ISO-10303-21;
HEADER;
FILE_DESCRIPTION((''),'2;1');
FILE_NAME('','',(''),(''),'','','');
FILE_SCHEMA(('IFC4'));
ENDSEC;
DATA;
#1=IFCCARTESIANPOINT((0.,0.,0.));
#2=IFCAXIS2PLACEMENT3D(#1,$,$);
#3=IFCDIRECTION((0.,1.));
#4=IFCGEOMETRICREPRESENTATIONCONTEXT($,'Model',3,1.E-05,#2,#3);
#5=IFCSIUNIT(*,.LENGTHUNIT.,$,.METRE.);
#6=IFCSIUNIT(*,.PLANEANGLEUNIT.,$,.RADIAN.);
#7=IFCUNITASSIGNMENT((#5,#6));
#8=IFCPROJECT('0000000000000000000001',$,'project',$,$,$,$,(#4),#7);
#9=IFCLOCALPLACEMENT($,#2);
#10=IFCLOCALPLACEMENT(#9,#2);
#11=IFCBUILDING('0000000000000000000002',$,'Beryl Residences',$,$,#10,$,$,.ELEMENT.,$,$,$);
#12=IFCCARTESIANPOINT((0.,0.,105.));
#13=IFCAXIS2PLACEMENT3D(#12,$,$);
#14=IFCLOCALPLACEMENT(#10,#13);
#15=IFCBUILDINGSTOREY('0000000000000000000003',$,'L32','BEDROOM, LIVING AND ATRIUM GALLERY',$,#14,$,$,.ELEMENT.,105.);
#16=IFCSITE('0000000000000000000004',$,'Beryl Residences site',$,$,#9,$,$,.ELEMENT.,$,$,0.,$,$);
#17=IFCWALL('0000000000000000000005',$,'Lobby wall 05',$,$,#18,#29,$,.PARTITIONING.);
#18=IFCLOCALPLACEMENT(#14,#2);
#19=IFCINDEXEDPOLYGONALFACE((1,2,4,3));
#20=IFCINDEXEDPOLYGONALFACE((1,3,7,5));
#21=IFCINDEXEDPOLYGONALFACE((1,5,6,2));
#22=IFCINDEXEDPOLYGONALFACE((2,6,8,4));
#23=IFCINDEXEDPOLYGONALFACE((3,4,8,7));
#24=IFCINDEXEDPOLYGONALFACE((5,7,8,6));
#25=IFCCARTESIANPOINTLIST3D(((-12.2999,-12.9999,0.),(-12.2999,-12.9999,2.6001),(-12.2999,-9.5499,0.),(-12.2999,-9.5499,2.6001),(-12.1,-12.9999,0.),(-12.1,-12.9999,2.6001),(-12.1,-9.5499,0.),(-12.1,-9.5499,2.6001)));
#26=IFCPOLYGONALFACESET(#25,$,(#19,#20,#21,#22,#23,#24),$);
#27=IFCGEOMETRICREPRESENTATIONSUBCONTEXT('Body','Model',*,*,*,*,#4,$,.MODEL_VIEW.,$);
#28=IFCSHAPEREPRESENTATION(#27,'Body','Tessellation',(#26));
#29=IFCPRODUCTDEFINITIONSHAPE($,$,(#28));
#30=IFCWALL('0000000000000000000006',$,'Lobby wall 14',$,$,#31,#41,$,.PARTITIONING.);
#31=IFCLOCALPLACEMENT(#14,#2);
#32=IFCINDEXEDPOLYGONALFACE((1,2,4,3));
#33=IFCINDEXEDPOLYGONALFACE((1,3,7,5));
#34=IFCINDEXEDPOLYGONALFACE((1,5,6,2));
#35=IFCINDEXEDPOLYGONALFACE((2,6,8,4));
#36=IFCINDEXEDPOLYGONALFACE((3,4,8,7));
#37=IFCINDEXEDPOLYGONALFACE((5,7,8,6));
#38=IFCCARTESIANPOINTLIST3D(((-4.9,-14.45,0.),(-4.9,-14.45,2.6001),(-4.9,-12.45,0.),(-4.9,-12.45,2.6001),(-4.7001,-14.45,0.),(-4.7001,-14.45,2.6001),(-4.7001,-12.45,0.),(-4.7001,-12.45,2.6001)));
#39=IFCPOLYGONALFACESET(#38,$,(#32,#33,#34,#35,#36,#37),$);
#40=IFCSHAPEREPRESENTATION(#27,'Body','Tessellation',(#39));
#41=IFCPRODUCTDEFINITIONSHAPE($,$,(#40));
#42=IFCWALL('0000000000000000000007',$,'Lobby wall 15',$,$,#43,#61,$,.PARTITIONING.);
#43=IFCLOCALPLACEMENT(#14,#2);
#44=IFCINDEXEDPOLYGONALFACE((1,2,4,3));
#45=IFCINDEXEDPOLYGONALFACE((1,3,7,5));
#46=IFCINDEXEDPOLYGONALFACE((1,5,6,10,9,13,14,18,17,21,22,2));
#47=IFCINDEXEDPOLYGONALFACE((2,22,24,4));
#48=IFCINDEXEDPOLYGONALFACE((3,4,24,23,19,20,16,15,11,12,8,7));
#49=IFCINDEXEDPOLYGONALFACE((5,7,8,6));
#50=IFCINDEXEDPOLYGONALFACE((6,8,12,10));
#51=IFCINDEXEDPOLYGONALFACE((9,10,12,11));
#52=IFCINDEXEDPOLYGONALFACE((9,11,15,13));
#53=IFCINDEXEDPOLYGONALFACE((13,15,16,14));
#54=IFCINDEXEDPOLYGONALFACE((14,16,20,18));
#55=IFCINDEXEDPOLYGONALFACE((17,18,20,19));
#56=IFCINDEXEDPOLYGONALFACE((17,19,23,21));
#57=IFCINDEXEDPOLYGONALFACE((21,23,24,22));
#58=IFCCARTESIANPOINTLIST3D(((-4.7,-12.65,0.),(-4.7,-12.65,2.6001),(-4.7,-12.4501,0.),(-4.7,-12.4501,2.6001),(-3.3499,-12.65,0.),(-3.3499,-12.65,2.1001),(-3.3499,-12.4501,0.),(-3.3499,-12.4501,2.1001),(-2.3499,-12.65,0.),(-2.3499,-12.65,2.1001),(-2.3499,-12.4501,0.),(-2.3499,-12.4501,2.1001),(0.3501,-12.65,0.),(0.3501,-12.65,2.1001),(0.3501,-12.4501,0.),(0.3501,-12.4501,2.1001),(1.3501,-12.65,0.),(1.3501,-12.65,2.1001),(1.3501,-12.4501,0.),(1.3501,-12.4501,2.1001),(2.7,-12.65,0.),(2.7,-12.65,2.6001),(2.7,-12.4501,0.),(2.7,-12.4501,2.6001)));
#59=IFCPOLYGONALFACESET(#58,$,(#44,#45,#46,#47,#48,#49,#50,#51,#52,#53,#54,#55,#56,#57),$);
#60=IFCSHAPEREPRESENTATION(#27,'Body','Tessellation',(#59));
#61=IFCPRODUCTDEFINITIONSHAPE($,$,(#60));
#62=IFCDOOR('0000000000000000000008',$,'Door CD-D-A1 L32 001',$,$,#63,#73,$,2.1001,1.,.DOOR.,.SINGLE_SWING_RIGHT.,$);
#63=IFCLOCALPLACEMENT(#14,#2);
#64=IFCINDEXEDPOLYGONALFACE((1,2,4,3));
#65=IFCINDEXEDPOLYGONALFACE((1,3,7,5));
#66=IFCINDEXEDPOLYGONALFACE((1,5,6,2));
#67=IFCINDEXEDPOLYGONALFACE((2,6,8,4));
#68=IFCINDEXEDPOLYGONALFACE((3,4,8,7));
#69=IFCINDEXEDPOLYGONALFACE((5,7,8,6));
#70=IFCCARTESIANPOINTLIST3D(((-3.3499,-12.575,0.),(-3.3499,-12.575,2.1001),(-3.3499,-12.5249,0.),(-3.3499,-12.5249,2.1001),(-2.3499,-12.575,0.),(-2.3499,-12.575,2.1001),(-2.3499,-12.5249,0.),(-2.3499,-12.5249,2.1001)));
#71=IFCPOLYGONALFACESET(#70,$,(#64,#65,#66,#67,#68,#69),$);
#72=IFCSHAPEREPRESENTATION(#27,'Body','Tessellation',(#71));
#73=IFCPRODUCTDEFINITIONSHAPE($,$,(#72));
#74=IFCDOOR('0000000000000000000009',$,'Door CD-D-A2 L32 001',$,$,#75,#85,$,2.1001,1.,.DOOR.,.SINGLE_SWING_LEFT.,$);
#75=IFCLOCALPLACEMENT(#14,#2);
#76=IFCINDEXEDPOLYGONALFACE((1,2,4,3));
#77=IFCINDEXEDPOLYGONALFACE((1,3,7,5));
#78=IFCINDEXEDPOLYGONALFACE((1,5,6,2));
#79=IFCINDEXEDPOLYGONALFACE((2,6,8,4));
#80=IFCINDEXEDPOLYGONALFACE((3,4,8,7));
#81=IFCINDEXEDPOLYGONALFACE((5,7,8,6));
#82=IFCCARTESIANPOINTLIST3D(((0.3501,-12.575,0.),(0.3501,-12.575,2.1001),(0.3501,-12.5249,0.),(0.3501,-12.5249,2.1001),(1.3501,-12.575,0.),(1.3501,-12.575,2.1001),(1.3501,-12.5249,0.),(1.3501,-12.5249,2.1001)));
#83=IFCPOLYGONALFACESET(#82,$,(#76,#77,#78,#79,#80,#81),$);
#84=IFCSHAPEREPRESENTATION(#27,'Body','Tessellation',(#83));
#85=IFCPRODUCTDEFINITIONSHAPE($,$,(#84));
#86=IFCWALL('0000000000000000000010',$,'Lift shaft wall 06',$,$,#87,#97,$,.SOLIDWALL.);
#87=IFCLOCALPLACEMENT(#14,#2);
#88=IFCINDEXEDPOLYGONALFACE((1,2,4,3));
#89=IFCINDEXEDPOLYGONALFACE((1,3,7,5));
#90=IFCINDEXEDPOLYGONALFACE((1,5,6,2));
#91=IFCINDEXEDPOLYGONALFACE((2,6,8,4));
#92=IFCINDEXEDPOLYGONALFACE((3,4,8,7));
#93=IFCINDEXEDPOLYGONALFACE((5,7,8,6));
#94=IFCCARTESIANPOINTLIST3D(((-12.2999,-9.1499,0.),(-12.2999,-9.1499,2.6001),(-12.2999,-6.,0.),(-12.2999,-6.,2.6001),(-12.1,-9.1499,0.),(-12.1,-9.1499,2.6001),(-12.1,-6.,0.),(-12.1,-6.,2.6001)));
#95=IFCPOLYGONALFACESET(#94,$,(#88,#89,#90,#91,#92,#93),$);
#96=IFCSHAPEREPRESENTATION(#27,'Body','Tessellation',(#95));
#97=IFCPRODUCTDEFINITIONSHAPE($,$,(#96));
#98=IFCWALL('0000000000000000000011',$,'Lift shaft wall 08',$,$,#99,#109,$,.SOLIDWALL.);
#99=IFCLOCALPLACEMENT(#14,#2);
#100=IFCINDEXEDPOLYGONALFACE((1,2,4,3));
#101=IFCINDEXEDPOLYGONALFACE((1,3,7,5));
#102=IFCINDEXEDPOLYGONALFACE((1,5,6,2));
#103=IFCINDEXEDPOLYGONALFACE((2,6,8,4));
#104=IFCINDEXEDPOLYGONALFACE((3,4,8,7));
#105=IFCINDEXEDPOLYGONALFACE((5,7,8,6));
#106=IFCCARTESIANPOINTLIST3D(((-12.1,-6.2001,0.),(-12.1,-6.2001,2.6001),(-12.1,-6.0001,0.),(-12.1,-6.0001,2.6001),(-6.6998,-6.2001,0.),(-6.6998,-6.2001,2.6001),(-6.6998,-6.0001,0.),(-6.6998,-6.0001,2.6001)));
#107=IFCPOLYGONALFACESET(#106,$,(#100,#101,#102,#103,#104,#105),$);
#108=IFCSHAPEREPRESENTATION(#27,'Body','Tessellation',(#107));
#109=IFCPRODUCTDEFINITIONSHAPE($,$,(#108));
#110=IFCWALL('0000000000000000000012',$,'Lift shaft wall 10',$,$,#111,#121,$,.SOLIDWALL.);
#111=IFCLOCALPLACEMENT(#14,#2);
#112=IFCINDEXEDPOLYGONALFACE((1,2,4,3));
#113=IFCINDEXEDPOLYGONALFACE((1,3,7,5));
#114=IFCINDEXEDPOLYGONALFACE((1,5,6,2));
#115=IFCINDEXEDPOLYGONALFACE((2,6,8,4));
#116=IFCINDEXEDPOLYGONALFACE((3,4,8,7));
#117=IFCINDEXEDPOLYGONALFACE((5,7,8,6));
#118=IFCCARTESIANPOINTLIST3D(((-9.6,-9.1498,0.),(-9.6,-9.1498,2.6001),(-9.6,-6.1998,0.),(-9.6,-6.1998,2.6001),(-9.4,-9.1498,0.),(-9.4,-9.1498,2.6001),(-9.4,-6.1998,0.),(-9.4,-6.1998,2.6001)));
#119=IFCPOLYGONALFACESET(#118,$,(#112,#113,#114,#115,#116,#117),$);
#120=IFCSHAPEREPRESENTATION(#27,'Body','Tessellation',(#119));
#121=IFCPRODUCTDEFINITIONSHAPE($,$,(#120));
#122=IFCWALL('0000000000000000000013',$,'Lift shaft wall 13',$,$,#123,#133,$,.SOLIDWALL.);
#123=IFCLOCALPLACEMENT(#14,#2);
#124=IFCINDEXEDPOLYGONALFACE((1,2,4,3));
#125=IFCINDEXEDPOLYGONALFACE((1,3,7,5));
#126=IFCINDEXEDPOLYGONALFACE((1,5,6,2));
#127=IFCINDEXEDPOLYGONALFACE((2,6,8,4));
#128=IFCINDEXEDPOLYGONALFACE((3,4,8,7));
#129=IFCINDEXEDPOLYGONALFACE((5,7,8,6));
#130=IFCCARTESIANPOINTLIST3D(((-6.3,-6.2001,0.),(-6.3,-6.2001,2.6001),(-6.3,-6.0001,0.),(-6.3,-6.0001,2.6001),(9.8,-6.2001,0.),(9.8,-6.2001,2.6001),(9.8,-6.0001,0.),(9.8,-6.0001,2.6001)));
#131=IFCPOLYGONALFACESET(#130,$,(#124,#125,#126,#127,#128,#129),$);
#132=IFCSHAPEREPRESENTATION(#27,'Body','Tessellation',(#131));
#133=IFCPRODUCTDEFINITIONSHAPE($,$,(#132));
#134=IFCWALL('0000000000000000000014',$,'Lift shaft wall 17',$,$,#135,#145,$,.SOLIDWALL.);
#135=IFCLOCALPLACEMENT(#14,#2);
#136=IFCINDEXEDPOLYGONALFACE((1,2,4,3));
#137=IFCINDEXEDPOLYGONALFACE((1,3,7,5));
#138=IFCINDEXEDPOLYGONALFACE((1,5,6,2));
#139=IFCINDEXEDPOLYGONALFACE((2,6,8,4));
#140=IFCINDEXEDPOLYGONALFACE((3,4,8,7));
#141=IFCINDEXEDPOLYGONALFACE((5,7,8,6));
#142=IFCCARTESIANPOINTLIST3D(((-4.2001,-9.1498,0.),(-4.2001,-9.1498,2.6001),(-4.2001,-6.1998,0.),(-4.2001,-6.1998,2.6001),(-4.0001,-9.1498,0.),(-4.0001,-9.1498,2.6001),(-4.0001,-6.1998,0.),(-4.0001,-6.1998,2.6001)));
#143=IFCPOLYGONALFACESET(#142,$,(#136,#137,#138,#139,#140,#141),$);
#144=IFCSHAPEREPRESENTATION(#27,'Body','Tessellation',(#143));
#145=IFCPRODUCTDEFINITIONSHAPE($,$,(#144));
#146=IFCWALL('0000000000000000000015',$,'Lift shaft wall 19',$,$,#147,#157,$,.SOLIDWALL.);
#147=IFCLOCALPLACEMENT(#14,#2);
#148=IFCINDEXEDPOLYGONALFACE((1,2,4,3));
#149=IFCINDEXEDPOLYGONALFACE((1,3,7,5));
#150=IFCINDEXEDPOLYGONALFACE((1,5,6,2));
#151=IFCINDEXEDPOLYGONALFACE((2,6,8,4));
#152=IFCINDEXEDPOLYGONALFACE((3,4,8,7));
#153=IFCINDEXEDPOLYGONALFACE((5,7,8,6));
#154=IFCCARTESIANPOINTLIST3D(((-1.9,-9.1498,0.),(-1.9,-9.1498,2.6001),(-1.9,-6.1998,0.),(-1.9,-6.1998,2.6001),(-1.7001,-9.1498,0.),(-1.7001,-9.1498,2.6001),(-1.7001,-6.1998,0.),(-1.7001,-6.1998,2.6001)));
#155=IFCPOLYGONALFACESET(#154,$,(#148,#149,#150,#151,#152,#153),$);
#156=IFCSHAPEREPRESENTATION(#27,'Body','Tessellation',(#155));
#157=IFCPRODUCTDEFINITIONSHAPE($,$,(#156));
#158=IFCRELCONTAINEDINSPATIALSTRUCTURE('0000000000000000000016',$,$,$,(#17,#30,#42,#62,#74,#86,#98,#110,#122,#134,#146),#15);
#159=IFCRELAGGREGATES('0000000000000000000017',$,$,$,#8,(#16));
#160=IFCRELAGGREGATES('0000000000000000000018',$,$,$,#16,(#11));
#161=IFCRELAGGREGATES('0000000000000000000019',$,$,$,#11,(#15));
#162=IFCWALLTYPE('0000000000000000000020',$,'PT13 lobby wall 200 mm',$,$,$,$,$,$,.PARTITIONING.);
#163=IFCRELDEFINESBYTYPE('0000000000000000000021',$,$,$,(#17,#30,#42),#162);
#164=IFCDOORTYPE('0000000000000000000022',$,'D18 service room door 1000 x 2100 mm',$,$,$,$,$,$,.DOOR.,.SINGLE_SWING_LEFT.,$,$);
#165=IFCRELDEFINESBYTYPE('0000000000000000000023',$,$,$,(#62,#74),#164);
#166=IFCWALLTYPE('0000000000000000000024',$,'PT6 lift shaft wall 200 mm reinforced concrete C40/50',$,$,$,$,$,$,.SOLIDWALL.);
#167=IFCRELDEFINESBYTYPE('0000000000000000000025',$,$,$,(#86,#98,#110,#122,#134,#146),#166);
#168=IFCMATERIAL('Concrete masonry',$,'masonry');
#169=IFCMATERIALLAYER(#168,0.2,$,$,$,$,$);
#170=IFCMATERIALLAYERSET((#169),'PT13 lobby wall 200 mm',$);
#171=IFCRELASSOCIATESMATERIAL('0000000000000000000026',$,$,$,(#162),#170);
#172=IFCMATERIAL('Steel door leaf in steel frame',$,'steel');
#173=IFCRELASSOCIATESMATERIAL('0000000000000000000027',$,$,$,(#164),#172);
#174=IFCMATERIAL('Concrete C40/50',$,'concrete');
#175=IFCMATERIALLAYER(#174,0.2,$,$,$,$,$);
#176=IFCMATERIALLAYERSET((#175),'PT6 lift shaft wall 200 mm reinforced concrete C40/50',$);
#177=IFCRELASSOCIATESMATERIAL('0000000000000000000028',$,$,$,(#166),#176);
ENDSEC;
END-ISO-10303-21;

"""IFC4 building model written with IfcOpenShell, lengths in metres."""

from ifc_helpers import new_model, si_unit, direction, frame, frame_2d, origin, place, context, subcontext, project, spatial, rectangle, extrude, material, layer, layer_set, type_object, element, fill, save


model = new_model("IFC4")

# Units and contexts
model_context = context("Model", 3, precision=1e-05, world=origin(), true_north=direction((0.0, 1.0)))
body_context = subcontext(model_context, "Body", "Model", "MODEL_VIEW")
ifc_project = project(units=[si_unit("LENGTHUNIT", "METRE"), si_unit("PLANEANGLEUNIT", "RADIAN")], contexts=[model_context])

# Site, building, storey
site_placement = place(None, origin())
site = spatial("IfcSite", under=ifc_project, at=site_placement, Name="Beryl Residences site", CompositionType="ELEMENT", RefElevation=0.0)
building_placement = place(site_placement, origin())
building = spatial("IfcBuilding", under=site, at=building_placement, Name="Beryl Residences", CompositionType="ELEMENT")
storey_placement = place(building_placement, frame((0.0, 0.0, 105.0)))
storey = spatial("IfcBuildingStorey", under=building, at=storey_placement, Name="L32", Description="BEDROOM, LIVING AND ATRIUM GALLERY", CompositionType="ELEMENT", Elevation=105.0)

# Walls
ifc_material_1 = material(Name="Concrete masonry", Category="masonry")
ifc_layer_1 = layer(ifc_material_1, 0.2)
ifc_layer_set_1 = layer_set([ifc_layer_1], Name="PT13 lobby wall 200 mm")
wall_type_1 = type_object("IfcWallType", Name="PT13 lobby wall 200 mm", PredefinedType="PARTITIONING", material=ifc_layer_set_1)
wall_1_placement = place(storey_placement, frame((-12.2, -13.0, 0.0), z_axis=(0.0, 0.0, 1.0), x_axis=(0.0, 1.0, 0.0)))
element("IfcWall", 1, at=wall_1_placement, inside=storey, type_object=wall_type_1, Name="Lobby wall 05", PredefinedType="PARTITIONING", context=body_context, shape_type="SweptSolid", body=[
    extrude(rectangle(XDim=3.45, YDim=0.2, at=frame_2d((1.7251, 0.0))), origin(), (0.0, 0.0, 1.0), 2.6001),
])
wall_2_placement = place(storey_placement, frame((-4.8, -14.45, 0.0), z_axis=(0.0, 0.0, 1.0), x_axis=(0.0, 1.0, 0.0)))
element("IfcWall", 2, at=wall_2_placement, inside=storey, type_object=wall_type_1, Name="Lobby wall 14", PredefinedType="PARTITIONING", context=body_context, shape_type="SweptSolid", body=[
    extrude(rectangle(XDim=2.0, YDim=0.2, at=frame_2d((1.0, 0.0))), origin(), (0.0, 0.0, 1.0), 2.6001),
])

# Wall, openings, doors
wall_3_placement = place(storey_placement, frame((-4.7, -12.55, 0.0), z_axis=(0.0, 0.0, 1.0), x_axis=(1.0, 0.0, 0.0)))
wall_3 = element("IfcWall", 3, at=wall_3_placement, inside=storey, type_object=wall_type_1, Name="Lobby wall 15", PredefinedType="PARTITIONING", context=body_context, shape_type="SweptSolid", body=[
    extrude(rectangle(XDim=7.3999, YDim=0.2, at=frame_2d((3.7, 0.0))), origin(), (0.0, 0.0, 1.0), 2.6001),
])
opening_1_placement = place(wall_3_placement, frame((2.3501, 0.0, 0.0), z_axis=(0.0, 0.0, 1.0), x_axis=(-1.0, 0.0, 0.0)))
opening_1 = element("IfcOpeningElement", 4, at=opening_1_placement, cuts=wall_3, PredefinedType="OPENING", context=body_context, shape_type="SweptSolid", body=[
    extrude(rectangle(XDim=1.0, YDim=2.1001, at=frame_2d((0.5, 1.05))), frame((0.0, 0.1099, 0.0), z_axis=(0.0, -1.0, 0.0), x_axis=(1.0, 0.0, 0.0)), (0.0, 0.0, 1.0), 0.22),
])
opening_2_placement = place(wall_3_placement, frame((6.05, 0.0, 0.0), z_axis=(0.0, 0.0, 1.0), x_axis=(-1.0, 0.0, 0.0)))
opening_2 = element("IfcOpeningElement", 5, at=opening_2_placement, cuts=wall_3, PredefinedType="OPENING", context=body_context, shape_type="SweptSolid", body=[
    extrude(rectangle(XDim=1.0, YDim=2.1001, at=frame_2d((0.5, 1.05))), frame((0.0, 0.1099, 0.0), z_axis=(0.0, -1.0, 0.0), x_axis=(1.0, 0.0, 0.0)), (0.0, 0.0, 1.0), 0.22),
])
ifc_material_2 = material(Name="Steel door leaf in steel frame", Category="steel")
door_type_1 = type_object("IfcDoorType", Name="D18 service room door 1000 x 2100 mm", OperationType="SINGLE_SWING_LEFT", PredefinedType="DOOR", material=ifc_material_2)
door_1_placement = place(opening_1_placement, origin())
door_1 = element("IfcDoor", 6, at=door_1_placement, inside=storey, type_object=door_type_1, Name="Door CD-D-A1 L32 001", OperationType="SINGLE_SWING_RIGHT", OverallHeight=2.1001, OverallWidth=1.0, PredefinedType="DOOR", context=body_context, shape_type="SweptSolid", body=[
    extrude(rectangle(XDim=1.0, YDim=2.1001, at=frame_2d((0.5, 1.05))), frame((0.0, 0.0249, 0.0), z_axis=(0.0, -1.0, 0.0), x_axis=(1.0, 0.0, 0.0)), (0.0, 0.0, 1.0), 0.05),
])
fill(opening_1, door_1)
door_2_placement = place(opening_2_placement, origin())
door_2 = element("IfcDoor", 7, at=door_2_placement, inside=storey, type_object=door_type_1, Name="Door CD-D-A2 L32 001", OperationType="SINGLE_SWING_LEFT", OverallHeight=2.1001, OverallWidth=1.0, PredefinedType="DOOR", context=body_context, shape_type="SweptSolid", body=[
    extrude(rectangle(XDim=1.0, YDim=2.1001, at=frame_2d((0.5, 1.05))), frame((0.0, 0.0249, 0.0), z_axis=(0.0, -1.0, 0.0), x_axis=(1.0, 0.0, 0.0)), (0.0, 0.0, 1.0), 0.05),
])
fill(opening_2, door_2)

# Walls
ifc_material_3 = material(Name="Concrete C40/50", Category="concrete")
ifc_layer_2 = layer(ifc_material_3, 0.2)
ifc_layer_set_2 = layer_set([ifc_layer_2], Name="PT6 lift shaft wall 200 mm reinforced concrete C40/50")
wall_type_2 = type_object("IfcWallType", Name="PT6 lift shaft wall 200 mm reinforced concrete C40/50", PredefinedType="SOLIDWALL", material=ifc_layer_set_2)
wall_4_placement = place(storey_placement, frame((-12.2, -9.1499, 0.0), z_axis=(0.0, 0.0, 1.0), x_axis=(0.0, 1.0, 0.0)))
element("IfcWall", 8, at=wall_4_placement, inside=storey, type_object=wall_type_2, Name="Lift shaft wall 06", PredefinedType="SOLIDWALL", context=body_context, shape_type="SweptSolid", body=[
    extrude(rectangle(XDim=3.1499, YDim=0.2, at=frame_2d((1.575, 0.0))), origin(), (0.0, 0.0, 1.0), 2.6001),
])
wall_5_placement = place(storey_placement, frame((-12.1001, -6.1001, 0.0), z_axis=(0.0, 0.0, 1.0), x_axis=(1.0, 0.0, 0.0)))
element("IfcWall", 9, at=wall_5_placement, inside=storey, type_object=wall_type_2, Name="Lift shaft wall 08", PredefinedType="SOLIDWALL", context=body_context, shape_type="SweptSolid", body=[
    extrude(rectangle(XDim=5.4001, YDim=0.2, at=frame_2d((2.7002, 0.0))), origin(), (0.0, 0.0, 1.0), 2.6001),
])
wall_6_placement = place(storey_placement, frame((-9.5, -9.1499, 0.0), z_axis=(0.0, 0.0, 1.0), x_axis=(0.0, 1.0, 0.0)))
element("IfcWall", 10, at=wall_6_placement, inside=storey, type_object=wall_type_2, Name="Lift shaft wall 10", PredefinedType="SOLIDWALL", context=body_context, shape_type="SweptSolid", body=[
    extrude(rectangle(XDim=2.95, YDim=0.2, at=frame_2d((1.4751, 0.0))), origin(), (0.0, 0.0, 1.0), 2.6001),
])
wall_7_placement = place(storey_placement, frame((-6.3, -6.1001, 0.0), z_axis=(0.0, 0.0, 1.0), x_axis=(1.0, 0.0, 0.0)))
element("IfcWall", 11, at=wall_7_placement, inside=storey, type_object=wall_type_2, Name="Lift shaft wall 13", PredefinedType="SOLIDWALL", context=body_context, shape_type="SweptSolid", body=[
    extrude(rectangle(XDim=16.1001, YDim=0.2, at=frame_2d((8.05, 0.0))), origin(), (0.0, 0.0, 1.0), 2.6001),
])
for number, where, z_axis, x_axis, name in (
    (12, (-4.1001, -9.1499, 0.0), (0.0, 0.0, 1.0), (0.0, 1.0, 0.0), "Lift shaft wall 17"),
    (13, (-1.8, -9.1499, 0.0), (0.0, 0.0, 1.0), (0.0, 1.0, 0.0), "Lift shaft wall 19"),
):
    element("IfcWall", number, at=place(storey_placement, frame(where, z_axis=z_axis, x_axis=x_axis)), inside=storey, type_object=wall_type_2, Name=name, PredefinedType="SOLIDWALL", context=body_context, shape_type="SweptSolid", body=[
        extrude(rectangle(XDim=2.95, YDim=0.2, at=frame_2d((1.4751, 0.0))), origin(), (0.0, 0.0, 1.0), 2.6001),
    ])

save(model, "model.ifc")
